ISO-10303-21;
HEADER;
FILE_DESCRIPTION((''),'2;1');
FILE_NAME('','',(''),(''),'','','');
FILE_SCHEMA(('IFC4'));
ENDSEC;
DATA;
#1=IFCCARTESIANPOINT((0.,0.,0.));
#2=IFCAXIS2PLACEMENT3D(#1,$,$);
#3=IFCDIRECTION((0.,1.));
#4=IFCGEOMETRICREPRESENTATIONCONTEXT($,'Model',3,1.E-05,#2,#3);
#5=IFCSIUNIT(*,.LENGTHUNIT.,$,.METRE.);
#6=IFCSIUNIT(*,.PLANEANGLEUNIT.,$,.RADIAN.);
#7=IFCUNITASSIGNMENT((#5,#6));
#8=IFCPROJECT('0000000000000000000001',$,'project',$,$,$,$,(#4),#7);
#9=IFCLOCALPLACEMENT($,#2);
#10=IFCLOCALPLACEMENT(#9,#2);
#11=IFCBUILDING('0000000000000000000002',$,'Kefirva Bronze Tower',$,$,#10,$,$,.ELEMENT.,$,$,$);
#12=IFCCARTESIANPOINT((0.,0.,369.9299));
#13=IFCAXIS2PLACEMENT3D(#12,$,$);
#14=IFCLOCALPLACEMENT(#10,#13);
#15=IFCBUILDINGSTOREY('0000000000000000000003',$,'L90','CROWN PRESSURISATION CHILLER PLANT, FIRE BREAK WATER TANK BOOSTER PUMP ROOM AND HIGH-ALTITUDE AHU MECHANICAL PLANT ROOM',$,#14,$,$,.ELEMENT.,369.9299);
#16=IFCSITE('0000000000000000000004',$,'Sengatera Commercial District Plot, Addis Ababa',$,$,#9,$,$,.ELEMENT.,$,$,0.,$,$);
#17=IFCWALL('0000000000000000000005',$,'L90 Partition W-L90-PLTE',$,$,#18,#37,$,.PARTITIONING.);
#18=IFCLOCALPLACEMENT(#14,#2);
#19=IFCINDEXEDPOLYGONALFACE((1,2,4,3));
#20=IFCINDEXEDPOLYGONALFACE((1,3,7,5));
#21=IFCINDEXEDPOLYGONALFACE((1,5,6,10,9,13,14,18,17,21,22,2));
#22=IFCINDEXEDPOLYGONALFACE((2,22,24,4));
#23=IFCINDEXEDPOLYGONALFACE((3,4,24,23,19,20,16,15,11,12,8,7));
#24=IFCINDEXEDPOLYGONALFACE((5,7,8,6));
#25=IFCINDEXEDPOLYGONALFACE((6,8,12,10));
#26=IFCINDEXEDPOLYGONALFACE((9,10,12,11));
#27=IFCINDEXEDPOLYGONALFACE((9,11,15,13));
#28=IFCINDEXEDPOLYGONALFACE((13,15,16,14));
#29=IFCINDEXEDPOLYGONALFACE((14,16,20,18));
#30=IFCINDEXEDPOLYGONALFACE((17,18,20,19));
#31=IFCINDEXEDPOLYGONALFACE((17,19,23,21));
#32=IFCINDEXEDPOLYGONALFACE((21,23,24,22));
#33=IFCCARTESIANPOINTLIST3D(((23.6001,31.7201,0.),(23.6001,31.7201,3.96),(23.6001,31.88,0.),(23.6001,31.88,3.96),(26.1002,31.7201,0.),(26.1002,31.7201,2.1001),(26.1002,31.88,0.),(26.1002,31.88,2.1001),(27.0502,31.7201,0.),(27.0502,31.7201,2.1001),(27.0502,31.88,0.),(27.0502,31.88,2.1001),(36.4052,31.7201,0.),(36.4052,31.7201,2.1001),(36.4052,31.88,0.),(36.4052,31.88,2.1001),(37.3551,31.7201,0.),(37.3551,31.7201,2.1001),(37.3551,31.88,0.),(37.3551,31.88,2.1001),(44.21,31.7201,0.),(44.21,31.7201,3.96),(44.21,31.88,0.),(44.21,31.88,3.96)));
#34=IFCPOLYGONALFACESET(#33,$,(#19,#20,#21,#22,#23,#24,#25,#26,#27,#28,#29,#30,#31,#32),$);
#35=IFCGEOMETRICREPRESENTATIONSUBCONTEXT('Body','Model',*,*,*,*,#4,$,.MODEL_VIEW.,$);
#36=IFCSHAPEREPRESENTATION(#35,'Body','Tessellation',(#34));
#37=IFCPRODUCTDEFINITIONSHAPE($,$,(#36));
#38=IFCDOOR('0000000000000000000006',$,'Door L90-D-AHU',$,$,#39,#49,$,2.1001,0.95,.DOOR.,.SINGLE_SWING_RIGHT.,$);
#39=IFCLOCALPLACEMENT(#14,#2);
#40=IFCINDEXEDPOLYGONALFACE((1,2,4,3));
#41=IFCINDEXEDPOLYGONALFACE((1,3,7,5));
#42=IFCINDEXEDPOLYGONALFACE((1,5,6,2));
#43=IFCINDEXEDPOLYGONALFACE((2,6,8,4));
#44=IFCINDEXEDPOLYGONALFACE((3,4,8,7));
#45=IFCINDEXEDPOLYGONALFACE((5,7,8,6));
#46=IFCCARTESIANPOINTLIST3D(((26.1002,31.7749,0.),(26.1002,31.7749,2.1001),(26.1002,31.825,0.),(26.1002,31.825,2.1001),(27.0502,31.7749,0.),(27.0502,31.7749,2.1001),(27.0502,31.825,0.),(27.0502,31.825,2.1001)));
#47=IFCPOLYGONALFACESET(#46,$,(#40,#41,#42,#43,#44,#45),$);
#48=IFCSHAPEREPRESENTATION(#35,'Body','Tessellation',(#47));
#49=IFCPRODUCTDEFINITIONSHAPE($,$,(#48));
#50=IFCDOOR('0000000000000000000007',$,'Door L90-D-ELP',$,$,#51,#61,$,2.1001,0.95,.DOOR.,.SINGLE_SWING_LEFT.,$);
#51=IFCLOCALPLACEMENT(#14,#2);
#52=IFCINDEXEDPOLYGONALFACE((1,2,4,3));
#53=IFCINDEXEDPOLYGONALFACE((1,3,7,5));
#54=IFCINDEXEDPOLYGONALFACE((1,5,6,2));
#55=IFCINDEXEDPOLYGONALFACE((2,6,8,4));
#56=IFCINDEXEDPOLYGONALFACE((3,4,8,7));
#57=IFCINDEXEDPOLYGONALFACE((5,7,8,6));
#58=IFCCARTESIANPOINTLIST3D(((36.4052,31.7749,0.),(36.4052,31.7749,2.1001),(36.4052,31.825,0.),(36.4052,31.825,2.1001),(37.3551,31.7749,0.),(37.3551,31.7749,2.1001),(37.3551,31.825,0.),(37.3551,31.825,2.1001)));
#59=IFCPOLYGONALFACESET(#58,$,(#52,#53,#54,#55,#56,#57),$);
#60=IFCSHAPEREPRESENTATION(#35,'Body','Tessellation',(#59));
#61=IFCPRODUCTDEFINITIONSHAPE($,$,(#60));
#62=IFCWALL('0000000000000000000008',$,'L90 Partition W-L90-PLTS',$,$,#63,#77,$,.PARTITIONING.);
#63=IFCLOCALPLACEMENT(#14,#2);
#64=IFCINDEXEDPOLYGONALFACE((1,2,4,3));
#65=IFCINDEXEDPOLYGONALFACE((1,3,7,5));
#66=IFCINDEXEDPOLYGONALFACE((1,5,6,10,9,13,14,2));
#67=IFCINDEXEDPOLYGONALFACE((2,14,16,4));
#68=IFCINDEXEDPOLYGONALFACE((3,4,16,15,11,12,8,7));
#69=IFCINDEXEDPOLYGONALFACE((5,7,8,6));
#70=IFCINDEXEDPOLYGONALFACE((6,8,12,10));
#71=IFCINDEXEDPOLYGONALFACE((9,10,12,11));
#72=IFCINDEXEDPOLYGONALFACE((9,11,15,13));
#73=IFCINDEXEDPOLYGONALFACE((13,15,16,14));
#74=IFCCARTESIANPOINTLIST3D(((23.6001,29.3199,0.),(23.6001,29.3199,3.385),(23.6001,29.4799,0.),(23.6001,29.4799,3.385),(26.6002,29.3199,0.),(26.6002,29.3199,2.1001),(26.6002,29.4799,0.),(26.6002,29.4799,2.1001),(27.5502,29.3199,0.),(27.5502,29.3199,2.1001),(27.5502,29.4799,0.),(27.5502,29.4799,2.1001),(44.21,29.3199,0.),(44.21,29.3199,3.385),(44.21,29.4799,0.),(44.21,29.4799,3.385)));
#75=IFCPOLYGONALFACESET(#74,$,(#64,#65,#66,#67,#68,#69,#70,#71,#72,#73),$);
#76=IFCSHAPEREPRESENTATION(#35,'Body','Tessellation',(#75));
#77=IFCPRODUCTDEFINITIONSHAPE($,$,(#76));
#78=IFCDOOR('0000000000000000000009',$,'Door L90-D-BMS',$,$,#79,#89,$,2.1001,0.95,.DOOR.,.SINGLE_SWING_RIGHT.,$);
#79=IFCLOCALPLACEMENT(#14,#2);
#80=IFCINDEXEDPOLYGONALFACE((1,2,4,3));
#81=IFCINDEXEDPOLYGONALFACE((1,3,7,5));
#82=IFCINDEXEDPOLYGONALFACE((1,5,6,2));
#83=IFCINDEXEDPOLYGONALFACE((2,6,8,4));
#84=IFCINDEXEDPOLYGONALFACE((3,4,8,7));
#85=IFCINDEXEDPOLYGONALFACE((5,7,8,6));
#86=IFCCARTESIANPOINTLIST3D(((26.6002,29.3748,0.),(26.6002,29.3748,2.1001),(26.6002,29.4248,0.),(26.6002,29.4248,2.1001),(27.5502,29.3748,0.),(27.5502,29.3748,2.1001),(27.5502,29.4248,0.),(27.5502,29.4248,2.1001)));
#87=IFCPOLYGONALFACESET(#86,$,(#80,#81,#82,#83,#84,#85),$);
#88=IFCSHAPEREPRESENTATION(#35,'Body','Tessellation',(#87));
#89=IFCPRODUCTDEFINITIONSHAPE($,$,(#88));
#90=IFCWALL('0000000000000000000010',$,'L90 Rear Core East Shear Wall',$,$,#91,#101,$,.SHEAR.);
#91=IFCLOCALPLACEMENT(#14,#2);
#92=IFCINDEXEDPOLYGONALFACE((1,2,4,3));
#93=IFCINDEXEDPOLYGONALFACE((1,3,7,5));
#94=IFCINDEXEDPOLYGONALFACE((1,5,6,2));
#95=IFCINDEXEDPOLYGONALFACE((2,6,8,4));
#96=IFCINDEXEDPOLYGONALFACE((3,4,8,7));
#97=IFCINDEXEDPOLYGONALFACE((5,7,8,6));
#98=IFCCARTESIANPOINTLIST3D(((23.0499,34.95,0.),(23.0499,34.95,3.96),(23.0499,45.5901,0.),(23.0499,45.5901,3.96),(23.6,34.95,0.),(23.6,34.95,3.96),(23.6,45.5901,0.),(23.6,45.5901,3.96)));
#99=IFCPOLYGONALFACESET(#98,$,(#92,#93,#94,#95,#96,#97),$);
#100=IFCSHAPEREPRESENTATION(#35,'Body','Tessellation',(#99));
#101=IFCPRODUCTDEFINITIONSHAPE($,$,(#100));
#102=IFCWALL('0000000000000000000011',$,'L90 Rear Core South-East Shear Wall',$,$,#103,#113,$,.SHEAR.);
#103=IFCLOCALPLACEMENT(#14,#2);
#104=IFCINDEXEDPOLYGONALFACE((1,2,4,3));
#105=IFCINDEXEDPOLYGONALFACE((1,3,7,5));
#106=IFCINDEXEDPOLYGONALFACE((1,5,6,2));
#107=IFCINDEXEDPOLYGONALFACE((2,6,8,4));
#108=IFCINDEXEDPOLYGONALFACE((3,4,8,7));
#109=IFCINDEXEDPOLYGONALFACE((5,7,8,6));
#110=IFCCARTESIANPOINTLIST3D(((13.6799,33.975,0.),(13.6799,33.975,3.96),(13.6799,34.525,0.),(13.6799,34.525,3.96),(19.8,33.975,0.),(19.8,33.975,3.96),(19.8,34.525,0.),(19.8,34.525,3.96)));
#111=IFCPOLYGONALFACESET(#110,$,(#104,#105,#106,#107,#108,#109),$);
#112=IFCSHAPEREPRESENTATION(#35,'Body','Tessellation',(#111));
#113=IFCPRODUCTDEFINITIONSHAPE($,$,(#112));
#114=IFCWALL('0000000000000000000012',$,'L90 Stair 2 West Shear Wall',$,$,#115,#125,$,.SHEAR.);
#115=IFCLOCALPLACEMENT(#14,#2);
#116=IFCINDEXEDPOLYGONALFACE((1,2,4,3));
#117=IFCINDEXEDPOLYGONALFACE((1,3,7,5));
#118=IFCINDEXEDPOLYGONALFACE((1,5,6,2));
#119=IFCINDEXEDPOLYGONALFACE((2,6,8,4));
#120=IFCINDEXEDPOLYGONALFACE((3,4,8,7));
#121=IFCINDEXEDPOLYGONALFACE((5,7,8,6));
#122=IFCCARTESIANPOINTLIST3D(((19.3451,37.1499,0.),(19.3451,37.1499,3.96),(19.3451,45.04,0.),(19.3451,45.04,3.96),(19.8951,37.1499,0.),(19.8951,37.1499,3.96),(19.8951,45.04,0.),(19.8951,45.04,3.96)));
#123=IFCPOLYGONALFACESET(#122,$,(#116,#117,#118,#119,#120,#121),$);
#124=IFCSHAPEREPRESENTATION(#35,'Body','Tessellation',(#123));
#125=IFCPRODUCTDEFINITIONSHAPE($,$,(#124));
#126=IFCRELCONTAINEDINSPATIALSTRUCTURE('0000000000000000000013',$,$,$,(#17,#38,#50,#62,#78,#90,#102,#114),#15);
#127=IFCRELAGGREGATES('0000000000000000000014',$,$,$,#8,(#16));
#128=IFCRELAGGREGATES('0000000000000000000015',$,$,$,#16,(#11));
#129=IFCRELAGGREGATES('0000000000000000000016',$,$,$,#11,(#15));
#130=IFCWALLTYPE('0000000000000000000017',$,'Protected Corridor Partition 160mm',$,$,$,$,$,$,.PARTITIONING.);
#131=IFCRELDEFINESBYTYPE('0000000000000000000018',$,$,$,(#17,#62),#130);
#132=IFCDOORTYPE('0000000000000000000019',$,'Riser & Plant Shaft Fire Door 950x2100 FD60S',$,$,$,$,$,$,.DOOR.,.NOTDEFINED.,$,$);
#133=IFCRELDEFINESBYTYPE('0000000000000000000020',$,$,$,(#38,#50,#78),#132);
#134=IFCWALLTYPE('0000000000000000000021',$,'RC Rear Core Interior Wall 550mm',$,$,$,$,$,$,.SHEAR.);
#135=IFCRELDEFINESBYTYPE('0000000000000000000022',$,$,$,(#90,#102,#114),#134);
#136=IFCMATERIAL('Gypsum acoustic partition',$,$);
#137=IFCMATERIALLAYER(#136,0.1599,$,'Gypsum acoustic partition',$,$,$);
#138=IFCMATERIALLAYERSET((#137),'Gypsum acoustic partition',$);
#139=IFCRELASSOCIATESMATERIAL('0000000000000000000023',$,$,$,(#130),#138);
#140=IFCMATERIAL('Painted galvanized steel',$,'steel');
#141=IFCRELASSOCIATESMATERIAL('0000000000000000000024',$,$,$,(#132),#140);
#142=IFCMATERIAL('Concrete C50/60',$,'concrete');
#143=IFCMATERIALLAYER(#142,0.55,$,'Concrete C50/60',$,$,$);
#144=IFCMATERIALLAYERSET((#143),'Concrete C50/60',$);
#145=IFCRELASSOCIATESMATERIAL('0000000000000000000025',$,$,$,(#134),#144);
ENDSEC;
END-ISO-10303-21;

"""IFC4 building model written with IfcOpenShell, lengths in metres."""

from ifc_helpers import new_model, si_unit, direction, frame, frame_2d, origin, place, context, subcontext, project, spatial, rectangle, extrude, material, layer, layer_set, type_object, element, fill, save


model = new_model("IFC4")

# Units and contexts
model_context = context("Model", 3, precision=1e-05, world=origin(), true_north=direction((0.0, 1.0)))
body_context = subcontext(model_context, "Body", "Model", "MODEL_VIEW")
ifc_project = project(units=[si_unit("LENGTHUNIT", "METRE"), si_unit("PLANEANGLEUNIT", "RADIAN")], contexts=[model_context])

# Site, building, storey
site_placement = place(None, origin())
site = spatial("IfcSite", under=ifc_project, at=site_placement, Name="Sengatera Commercial District Plot, Addis Ababa", CompositionType="ELEMENT", RefElevation=0.0)
building_placement = place(site_placement, origin())
building = spatial("IfcBuilding", under=site, at=building_placement, Name="Kefirva Bronze Tower", CompositionType="ELEMENT")
storey_placement = place(building_placement, frame((0.0, 0.0, 369.9299)))
storey = spatial("IfcBuildingStorey", under=building, at=storey_placement, Name="L90", Description="CROWN PRESSURISATION CHILLER PLANT, FIRE BREAK WATER TANK BOOSTER PUMP ROOM AND HIGH-ALTITUDE AHU MECHANICAL PLANT ROOM", CompositionType="ELEMENT", Elevation=369.9299)

# Shared definitions
ifc_material_1 = material(Name="Concrete C50/60", Category="concrete")

# Shared definitions
ifc_material_2 = material(Name="Gypsum acoustic partition")

# Shared definitions
ifc_material_3 = material(Name="Painted galvanized steel", Category="steel")

# Shared definitions
ifc_layer_1 = layer(ifc_material_2, 0.1599, Name="Gypsum acoustic partition")
ifc_layer_set_1 = layer_set([ifc_layer_1], Name="Gypsum acoustic partition")
wall_type_1 = type_object("IfcWallType", Name="Protected Corridor Partition 160mm", PredefinedType="PARTITIONING", material=ifc_layer_set_1)

# Wall, openings, doors
wall_1_placement = place(storey_placement, frame((23.6001, 31.8, 0.0), z_axis=(0.0, 0.0, 1.0), x_axis=(1.0, 0.0, 0.0)))
wall_1 = element("IfcWall", 1, at=wall_1_placement, inside=storey, type_object=wall_type_1, Name="L90 Partition W-L90-PLTE", PredefinedType="PARTITIONING", context=body_context, shape_type="SweptSolid", body=[
    extrude(rectangle(XDim=20.6099, YDim=0.1599, at=frame_2d((10.3049, 0.0))), origin(), (0.0, 0.0, 1.0), 3.96),
])
opening_1_placement = place(wall_1_placement, frame((2.5, 0.0, 0.0)))
opening_1 = element("IfcOpeningElement", 2, at=opening_1_placement, cuts=wall_1, PredefinedType="OPENING", context=body_context, shape_type="SweptSolid", body=[
    extrude(rectangle(XDim=0.95, YDim=2.1001, at=frame_2d((0.4751, 1.05))), frame((0.0, 0.0898, 0.0), z_axis=(0.0, -1.0, 0.0), x_axis=(1.0, 0.0, 0.0)), (0.0, 0.0, 1.0), 0.1799),
])
opening_2_placement = place(wall_1_placement, frame((12.8049, 0.0, 0.0)))
opening_2 = element("IfcOpeningElement", 3, at=opening_2_placement, cuts=wall_1, PredefinedType="OPENING", context=body_context, shape_type="SweptSolid", body=[
    extrude(rectangle(XDim=0.95, YDim=2.1001, at=frame_2d((0.4751, 1.05))), frame((0.0, 0.0898, 0.0), z_axis=(0.0, -1.0, 0.0), x_axis=(1.0, 0.0, 0.0)), (0.0, 0.0, 1.0), 0.1799),
])
door_type_1 = type_object("IfcDoorType", Name="Riser & Plant Shaft Fire Door 950x2100 FD60S", OperationType="NOTDEFINED", PredefinedType="DOOR", material=ifc_material_3)
door_1_placement = place(opening_1_placement, origin())
door_1 = element("IfcDoor", 4, at=door_1_placement, inside=storey, type_object=door_type_1, Name="Door L90-D-AHU", OperationType="SINGLE_SWING_RIGHT", OverallHeight=2.1001, OverallWidth=0.95, PredefinedType="DOOR", context=body_context, shape_type="SweptSolid", body=[
    extrude(rectangle(XDim=0.95, YDim=2.1001, at=frame_2d((0.4751, 1.05))), frame((0.0, 0.0249, 0.0), z_axis=(0.0, -1.0, 0.0), x_axis=(1.0, 0.0, 0.0)), (0.0, 0.0, 1.0), 0.05),
])
fill(opening_1, door_1)
door_2_placement = place(opening_2_placement, origin())
door_2 = element("IfcDoor", 5, at=door_2_placement, inside=storey, type_object=door_type_1, Name="Door L90-D-ELP", OperationType="SINGLE_SWING_LEFT", OverallHeight=2.1001, OverallWidth=0.95, PredefinedType="DOOR", context=body_context, shape_type="SweptSolid", body=[
    extrude(rectangle(XDim=0.95, YDim=2.1001, at=frame_2d((0.4751, 1.05))), frame((0.0, 0.0249, 0.0), z_axis=(0.0, -1.0, 0.0), x_axis=(1.0, 0.0, 0.0)), (0.0, 0.0, 1.0), 0.05),
])
fill(opening_2, door_2)

# Wall, opening, door
wall_2_placement = place(storey_placement, frame((23.6001, 29.3999, 0.0), z_axis=(0.0, 0.0, 1.0), x_axis=(1.0, 0.0, 0.0)))
wall_2 = element("IfcWall", 6, at=wall_2_placement, inside=storey, type_object=wall_type_1, Name="L90 Partition W-L90-PLTS", PredefinedType="PARTITIONING", context=body_context, shape_type="SweptSolid", body=[
    extrude(rectangle(XDim=20.6099, YDim=0.1599, at=frame_2d((10.3049, 0.0))), origin(), (0.0, 0.0, 1.0), 3.385),
])
opening_3_placement = place(wall_2_placement, frame((3.0, 0.0, 0.0)))
opening_3 = element("IfcOpeningElement", 7, at=opening_3_placement, cuts=wall_2, PredefinedType="OPENING", context=body_context, shape_type="SweptSolid", body=[
    extrude(rectangle(XDim=0.95, YDim=2.1001, at=frame_2d((0.4751, 1.05))), frame((0.0, 0.0898, 0.0), z_axis=(0.0, -1.0, 0.0), x_axis=(1.0, 0.0, 0.0)), (0.0, 0.0, 1.0), 0.1799),
])
door_3_placement = place(opening_3_placement, origin())
door_3 = element("IfcDoor", 8, at=door_3_placement, inside=storey, type_object=door_type_1, Name="Door L90-D-BMS", OperationType="SINGLE_SWING_RIGHT", OverallHeight=2.1001, OverallWidth=0.95, PredefinedType="DOOR", context=body_context, shape_type="SweptSolid", body=[
    extrude(rectangle(XDim=0.95, YDim=2.1001, at=frame_2d((0.4751, 1.05))), frame((0.0, 0.0249, 0.0), z_axis=(0.0, -1.0, 0.0), x_axis=(1.0, 0.0, 0.0)), (0.0, 0.0, 1.0), 0.05),
])
fill(opening_3, door_3)

# Walls
ifc_layer_2 = layer(ifc_material_1, 0.55, Name="Concrete C50/60")
ifc_layer_set_2 = layer_set([ifc_layer_2], Name="Concrete C50/60")
wall_type_2 = type_object("IfcWallType", Name="RC Rear Core Interior Wall 550mm", PredefinedType="SHEAR", material=ifc_layer_set_2)
wall_3_placement = place(storey_placement, frame((23.325, 34.95, 0.0), z_axis=(0.0, 0.0, 1.0), x_axis=(0.0, 1.0, 0.0)))
element("IfcWall", 9, at=wall_3_placement, inside=storey, type_object=wall_type_2, Name="L90 Rear Core East Shear Wall", PredefinedType="SHEAR", context=body_context, shape_type="SweptSolid", body=[
    extrude(rectangle(XDim=10.6401, YDim=0.55, at=frame_2d((5.3201, 0.0))), origin(), (0.0, 0.0, 1.0), 3.96),
])
wall_4_placement = place(storey_placement, frame((13.6799, 34.25, 0.0), z_axis=(0.0, 0.0, 1.0), x_axis=(1.0, 0.0, 0.0)))
element("IfcWall", 10, at=wall_4_placement, inside=storey, type_object=wall_type_2, Name="L90 Rear Core South-East Shear Wall", PredefinedType="SHEAR", context=body_context, shape_type="SweptSolid", body=[
    extrude(rectangle(XDim=6.1201, YDim=0.55, at=frame_2d((3.0601, 0.0))), origin(), (0.0, 0.0, 1.0), 3.96),
])
wall_5_placement = place(storey_placement, frame((19.6201, 37.1499, 0.0), z_axis=(0.0, 0.0, 1.0), x_axis=(0.0, 1.0, 0.0)))
element("IfcWall", 11, at=wall_5_placement, inside=storey, type_object=wall_type_2, Name="L90 Stair 2 West Shear Wall", PredefinedType="SHEAR", context=body_context, shape_type="SweptSolid", body=[
    extrude(rectangle(XDim=7.8901, YDim=0.55, at=frame_2d((3.9451, 0.0))), origin(), (0.0, 0.0, 1.0), 3.96),
])

save(model, "model.ifc")
